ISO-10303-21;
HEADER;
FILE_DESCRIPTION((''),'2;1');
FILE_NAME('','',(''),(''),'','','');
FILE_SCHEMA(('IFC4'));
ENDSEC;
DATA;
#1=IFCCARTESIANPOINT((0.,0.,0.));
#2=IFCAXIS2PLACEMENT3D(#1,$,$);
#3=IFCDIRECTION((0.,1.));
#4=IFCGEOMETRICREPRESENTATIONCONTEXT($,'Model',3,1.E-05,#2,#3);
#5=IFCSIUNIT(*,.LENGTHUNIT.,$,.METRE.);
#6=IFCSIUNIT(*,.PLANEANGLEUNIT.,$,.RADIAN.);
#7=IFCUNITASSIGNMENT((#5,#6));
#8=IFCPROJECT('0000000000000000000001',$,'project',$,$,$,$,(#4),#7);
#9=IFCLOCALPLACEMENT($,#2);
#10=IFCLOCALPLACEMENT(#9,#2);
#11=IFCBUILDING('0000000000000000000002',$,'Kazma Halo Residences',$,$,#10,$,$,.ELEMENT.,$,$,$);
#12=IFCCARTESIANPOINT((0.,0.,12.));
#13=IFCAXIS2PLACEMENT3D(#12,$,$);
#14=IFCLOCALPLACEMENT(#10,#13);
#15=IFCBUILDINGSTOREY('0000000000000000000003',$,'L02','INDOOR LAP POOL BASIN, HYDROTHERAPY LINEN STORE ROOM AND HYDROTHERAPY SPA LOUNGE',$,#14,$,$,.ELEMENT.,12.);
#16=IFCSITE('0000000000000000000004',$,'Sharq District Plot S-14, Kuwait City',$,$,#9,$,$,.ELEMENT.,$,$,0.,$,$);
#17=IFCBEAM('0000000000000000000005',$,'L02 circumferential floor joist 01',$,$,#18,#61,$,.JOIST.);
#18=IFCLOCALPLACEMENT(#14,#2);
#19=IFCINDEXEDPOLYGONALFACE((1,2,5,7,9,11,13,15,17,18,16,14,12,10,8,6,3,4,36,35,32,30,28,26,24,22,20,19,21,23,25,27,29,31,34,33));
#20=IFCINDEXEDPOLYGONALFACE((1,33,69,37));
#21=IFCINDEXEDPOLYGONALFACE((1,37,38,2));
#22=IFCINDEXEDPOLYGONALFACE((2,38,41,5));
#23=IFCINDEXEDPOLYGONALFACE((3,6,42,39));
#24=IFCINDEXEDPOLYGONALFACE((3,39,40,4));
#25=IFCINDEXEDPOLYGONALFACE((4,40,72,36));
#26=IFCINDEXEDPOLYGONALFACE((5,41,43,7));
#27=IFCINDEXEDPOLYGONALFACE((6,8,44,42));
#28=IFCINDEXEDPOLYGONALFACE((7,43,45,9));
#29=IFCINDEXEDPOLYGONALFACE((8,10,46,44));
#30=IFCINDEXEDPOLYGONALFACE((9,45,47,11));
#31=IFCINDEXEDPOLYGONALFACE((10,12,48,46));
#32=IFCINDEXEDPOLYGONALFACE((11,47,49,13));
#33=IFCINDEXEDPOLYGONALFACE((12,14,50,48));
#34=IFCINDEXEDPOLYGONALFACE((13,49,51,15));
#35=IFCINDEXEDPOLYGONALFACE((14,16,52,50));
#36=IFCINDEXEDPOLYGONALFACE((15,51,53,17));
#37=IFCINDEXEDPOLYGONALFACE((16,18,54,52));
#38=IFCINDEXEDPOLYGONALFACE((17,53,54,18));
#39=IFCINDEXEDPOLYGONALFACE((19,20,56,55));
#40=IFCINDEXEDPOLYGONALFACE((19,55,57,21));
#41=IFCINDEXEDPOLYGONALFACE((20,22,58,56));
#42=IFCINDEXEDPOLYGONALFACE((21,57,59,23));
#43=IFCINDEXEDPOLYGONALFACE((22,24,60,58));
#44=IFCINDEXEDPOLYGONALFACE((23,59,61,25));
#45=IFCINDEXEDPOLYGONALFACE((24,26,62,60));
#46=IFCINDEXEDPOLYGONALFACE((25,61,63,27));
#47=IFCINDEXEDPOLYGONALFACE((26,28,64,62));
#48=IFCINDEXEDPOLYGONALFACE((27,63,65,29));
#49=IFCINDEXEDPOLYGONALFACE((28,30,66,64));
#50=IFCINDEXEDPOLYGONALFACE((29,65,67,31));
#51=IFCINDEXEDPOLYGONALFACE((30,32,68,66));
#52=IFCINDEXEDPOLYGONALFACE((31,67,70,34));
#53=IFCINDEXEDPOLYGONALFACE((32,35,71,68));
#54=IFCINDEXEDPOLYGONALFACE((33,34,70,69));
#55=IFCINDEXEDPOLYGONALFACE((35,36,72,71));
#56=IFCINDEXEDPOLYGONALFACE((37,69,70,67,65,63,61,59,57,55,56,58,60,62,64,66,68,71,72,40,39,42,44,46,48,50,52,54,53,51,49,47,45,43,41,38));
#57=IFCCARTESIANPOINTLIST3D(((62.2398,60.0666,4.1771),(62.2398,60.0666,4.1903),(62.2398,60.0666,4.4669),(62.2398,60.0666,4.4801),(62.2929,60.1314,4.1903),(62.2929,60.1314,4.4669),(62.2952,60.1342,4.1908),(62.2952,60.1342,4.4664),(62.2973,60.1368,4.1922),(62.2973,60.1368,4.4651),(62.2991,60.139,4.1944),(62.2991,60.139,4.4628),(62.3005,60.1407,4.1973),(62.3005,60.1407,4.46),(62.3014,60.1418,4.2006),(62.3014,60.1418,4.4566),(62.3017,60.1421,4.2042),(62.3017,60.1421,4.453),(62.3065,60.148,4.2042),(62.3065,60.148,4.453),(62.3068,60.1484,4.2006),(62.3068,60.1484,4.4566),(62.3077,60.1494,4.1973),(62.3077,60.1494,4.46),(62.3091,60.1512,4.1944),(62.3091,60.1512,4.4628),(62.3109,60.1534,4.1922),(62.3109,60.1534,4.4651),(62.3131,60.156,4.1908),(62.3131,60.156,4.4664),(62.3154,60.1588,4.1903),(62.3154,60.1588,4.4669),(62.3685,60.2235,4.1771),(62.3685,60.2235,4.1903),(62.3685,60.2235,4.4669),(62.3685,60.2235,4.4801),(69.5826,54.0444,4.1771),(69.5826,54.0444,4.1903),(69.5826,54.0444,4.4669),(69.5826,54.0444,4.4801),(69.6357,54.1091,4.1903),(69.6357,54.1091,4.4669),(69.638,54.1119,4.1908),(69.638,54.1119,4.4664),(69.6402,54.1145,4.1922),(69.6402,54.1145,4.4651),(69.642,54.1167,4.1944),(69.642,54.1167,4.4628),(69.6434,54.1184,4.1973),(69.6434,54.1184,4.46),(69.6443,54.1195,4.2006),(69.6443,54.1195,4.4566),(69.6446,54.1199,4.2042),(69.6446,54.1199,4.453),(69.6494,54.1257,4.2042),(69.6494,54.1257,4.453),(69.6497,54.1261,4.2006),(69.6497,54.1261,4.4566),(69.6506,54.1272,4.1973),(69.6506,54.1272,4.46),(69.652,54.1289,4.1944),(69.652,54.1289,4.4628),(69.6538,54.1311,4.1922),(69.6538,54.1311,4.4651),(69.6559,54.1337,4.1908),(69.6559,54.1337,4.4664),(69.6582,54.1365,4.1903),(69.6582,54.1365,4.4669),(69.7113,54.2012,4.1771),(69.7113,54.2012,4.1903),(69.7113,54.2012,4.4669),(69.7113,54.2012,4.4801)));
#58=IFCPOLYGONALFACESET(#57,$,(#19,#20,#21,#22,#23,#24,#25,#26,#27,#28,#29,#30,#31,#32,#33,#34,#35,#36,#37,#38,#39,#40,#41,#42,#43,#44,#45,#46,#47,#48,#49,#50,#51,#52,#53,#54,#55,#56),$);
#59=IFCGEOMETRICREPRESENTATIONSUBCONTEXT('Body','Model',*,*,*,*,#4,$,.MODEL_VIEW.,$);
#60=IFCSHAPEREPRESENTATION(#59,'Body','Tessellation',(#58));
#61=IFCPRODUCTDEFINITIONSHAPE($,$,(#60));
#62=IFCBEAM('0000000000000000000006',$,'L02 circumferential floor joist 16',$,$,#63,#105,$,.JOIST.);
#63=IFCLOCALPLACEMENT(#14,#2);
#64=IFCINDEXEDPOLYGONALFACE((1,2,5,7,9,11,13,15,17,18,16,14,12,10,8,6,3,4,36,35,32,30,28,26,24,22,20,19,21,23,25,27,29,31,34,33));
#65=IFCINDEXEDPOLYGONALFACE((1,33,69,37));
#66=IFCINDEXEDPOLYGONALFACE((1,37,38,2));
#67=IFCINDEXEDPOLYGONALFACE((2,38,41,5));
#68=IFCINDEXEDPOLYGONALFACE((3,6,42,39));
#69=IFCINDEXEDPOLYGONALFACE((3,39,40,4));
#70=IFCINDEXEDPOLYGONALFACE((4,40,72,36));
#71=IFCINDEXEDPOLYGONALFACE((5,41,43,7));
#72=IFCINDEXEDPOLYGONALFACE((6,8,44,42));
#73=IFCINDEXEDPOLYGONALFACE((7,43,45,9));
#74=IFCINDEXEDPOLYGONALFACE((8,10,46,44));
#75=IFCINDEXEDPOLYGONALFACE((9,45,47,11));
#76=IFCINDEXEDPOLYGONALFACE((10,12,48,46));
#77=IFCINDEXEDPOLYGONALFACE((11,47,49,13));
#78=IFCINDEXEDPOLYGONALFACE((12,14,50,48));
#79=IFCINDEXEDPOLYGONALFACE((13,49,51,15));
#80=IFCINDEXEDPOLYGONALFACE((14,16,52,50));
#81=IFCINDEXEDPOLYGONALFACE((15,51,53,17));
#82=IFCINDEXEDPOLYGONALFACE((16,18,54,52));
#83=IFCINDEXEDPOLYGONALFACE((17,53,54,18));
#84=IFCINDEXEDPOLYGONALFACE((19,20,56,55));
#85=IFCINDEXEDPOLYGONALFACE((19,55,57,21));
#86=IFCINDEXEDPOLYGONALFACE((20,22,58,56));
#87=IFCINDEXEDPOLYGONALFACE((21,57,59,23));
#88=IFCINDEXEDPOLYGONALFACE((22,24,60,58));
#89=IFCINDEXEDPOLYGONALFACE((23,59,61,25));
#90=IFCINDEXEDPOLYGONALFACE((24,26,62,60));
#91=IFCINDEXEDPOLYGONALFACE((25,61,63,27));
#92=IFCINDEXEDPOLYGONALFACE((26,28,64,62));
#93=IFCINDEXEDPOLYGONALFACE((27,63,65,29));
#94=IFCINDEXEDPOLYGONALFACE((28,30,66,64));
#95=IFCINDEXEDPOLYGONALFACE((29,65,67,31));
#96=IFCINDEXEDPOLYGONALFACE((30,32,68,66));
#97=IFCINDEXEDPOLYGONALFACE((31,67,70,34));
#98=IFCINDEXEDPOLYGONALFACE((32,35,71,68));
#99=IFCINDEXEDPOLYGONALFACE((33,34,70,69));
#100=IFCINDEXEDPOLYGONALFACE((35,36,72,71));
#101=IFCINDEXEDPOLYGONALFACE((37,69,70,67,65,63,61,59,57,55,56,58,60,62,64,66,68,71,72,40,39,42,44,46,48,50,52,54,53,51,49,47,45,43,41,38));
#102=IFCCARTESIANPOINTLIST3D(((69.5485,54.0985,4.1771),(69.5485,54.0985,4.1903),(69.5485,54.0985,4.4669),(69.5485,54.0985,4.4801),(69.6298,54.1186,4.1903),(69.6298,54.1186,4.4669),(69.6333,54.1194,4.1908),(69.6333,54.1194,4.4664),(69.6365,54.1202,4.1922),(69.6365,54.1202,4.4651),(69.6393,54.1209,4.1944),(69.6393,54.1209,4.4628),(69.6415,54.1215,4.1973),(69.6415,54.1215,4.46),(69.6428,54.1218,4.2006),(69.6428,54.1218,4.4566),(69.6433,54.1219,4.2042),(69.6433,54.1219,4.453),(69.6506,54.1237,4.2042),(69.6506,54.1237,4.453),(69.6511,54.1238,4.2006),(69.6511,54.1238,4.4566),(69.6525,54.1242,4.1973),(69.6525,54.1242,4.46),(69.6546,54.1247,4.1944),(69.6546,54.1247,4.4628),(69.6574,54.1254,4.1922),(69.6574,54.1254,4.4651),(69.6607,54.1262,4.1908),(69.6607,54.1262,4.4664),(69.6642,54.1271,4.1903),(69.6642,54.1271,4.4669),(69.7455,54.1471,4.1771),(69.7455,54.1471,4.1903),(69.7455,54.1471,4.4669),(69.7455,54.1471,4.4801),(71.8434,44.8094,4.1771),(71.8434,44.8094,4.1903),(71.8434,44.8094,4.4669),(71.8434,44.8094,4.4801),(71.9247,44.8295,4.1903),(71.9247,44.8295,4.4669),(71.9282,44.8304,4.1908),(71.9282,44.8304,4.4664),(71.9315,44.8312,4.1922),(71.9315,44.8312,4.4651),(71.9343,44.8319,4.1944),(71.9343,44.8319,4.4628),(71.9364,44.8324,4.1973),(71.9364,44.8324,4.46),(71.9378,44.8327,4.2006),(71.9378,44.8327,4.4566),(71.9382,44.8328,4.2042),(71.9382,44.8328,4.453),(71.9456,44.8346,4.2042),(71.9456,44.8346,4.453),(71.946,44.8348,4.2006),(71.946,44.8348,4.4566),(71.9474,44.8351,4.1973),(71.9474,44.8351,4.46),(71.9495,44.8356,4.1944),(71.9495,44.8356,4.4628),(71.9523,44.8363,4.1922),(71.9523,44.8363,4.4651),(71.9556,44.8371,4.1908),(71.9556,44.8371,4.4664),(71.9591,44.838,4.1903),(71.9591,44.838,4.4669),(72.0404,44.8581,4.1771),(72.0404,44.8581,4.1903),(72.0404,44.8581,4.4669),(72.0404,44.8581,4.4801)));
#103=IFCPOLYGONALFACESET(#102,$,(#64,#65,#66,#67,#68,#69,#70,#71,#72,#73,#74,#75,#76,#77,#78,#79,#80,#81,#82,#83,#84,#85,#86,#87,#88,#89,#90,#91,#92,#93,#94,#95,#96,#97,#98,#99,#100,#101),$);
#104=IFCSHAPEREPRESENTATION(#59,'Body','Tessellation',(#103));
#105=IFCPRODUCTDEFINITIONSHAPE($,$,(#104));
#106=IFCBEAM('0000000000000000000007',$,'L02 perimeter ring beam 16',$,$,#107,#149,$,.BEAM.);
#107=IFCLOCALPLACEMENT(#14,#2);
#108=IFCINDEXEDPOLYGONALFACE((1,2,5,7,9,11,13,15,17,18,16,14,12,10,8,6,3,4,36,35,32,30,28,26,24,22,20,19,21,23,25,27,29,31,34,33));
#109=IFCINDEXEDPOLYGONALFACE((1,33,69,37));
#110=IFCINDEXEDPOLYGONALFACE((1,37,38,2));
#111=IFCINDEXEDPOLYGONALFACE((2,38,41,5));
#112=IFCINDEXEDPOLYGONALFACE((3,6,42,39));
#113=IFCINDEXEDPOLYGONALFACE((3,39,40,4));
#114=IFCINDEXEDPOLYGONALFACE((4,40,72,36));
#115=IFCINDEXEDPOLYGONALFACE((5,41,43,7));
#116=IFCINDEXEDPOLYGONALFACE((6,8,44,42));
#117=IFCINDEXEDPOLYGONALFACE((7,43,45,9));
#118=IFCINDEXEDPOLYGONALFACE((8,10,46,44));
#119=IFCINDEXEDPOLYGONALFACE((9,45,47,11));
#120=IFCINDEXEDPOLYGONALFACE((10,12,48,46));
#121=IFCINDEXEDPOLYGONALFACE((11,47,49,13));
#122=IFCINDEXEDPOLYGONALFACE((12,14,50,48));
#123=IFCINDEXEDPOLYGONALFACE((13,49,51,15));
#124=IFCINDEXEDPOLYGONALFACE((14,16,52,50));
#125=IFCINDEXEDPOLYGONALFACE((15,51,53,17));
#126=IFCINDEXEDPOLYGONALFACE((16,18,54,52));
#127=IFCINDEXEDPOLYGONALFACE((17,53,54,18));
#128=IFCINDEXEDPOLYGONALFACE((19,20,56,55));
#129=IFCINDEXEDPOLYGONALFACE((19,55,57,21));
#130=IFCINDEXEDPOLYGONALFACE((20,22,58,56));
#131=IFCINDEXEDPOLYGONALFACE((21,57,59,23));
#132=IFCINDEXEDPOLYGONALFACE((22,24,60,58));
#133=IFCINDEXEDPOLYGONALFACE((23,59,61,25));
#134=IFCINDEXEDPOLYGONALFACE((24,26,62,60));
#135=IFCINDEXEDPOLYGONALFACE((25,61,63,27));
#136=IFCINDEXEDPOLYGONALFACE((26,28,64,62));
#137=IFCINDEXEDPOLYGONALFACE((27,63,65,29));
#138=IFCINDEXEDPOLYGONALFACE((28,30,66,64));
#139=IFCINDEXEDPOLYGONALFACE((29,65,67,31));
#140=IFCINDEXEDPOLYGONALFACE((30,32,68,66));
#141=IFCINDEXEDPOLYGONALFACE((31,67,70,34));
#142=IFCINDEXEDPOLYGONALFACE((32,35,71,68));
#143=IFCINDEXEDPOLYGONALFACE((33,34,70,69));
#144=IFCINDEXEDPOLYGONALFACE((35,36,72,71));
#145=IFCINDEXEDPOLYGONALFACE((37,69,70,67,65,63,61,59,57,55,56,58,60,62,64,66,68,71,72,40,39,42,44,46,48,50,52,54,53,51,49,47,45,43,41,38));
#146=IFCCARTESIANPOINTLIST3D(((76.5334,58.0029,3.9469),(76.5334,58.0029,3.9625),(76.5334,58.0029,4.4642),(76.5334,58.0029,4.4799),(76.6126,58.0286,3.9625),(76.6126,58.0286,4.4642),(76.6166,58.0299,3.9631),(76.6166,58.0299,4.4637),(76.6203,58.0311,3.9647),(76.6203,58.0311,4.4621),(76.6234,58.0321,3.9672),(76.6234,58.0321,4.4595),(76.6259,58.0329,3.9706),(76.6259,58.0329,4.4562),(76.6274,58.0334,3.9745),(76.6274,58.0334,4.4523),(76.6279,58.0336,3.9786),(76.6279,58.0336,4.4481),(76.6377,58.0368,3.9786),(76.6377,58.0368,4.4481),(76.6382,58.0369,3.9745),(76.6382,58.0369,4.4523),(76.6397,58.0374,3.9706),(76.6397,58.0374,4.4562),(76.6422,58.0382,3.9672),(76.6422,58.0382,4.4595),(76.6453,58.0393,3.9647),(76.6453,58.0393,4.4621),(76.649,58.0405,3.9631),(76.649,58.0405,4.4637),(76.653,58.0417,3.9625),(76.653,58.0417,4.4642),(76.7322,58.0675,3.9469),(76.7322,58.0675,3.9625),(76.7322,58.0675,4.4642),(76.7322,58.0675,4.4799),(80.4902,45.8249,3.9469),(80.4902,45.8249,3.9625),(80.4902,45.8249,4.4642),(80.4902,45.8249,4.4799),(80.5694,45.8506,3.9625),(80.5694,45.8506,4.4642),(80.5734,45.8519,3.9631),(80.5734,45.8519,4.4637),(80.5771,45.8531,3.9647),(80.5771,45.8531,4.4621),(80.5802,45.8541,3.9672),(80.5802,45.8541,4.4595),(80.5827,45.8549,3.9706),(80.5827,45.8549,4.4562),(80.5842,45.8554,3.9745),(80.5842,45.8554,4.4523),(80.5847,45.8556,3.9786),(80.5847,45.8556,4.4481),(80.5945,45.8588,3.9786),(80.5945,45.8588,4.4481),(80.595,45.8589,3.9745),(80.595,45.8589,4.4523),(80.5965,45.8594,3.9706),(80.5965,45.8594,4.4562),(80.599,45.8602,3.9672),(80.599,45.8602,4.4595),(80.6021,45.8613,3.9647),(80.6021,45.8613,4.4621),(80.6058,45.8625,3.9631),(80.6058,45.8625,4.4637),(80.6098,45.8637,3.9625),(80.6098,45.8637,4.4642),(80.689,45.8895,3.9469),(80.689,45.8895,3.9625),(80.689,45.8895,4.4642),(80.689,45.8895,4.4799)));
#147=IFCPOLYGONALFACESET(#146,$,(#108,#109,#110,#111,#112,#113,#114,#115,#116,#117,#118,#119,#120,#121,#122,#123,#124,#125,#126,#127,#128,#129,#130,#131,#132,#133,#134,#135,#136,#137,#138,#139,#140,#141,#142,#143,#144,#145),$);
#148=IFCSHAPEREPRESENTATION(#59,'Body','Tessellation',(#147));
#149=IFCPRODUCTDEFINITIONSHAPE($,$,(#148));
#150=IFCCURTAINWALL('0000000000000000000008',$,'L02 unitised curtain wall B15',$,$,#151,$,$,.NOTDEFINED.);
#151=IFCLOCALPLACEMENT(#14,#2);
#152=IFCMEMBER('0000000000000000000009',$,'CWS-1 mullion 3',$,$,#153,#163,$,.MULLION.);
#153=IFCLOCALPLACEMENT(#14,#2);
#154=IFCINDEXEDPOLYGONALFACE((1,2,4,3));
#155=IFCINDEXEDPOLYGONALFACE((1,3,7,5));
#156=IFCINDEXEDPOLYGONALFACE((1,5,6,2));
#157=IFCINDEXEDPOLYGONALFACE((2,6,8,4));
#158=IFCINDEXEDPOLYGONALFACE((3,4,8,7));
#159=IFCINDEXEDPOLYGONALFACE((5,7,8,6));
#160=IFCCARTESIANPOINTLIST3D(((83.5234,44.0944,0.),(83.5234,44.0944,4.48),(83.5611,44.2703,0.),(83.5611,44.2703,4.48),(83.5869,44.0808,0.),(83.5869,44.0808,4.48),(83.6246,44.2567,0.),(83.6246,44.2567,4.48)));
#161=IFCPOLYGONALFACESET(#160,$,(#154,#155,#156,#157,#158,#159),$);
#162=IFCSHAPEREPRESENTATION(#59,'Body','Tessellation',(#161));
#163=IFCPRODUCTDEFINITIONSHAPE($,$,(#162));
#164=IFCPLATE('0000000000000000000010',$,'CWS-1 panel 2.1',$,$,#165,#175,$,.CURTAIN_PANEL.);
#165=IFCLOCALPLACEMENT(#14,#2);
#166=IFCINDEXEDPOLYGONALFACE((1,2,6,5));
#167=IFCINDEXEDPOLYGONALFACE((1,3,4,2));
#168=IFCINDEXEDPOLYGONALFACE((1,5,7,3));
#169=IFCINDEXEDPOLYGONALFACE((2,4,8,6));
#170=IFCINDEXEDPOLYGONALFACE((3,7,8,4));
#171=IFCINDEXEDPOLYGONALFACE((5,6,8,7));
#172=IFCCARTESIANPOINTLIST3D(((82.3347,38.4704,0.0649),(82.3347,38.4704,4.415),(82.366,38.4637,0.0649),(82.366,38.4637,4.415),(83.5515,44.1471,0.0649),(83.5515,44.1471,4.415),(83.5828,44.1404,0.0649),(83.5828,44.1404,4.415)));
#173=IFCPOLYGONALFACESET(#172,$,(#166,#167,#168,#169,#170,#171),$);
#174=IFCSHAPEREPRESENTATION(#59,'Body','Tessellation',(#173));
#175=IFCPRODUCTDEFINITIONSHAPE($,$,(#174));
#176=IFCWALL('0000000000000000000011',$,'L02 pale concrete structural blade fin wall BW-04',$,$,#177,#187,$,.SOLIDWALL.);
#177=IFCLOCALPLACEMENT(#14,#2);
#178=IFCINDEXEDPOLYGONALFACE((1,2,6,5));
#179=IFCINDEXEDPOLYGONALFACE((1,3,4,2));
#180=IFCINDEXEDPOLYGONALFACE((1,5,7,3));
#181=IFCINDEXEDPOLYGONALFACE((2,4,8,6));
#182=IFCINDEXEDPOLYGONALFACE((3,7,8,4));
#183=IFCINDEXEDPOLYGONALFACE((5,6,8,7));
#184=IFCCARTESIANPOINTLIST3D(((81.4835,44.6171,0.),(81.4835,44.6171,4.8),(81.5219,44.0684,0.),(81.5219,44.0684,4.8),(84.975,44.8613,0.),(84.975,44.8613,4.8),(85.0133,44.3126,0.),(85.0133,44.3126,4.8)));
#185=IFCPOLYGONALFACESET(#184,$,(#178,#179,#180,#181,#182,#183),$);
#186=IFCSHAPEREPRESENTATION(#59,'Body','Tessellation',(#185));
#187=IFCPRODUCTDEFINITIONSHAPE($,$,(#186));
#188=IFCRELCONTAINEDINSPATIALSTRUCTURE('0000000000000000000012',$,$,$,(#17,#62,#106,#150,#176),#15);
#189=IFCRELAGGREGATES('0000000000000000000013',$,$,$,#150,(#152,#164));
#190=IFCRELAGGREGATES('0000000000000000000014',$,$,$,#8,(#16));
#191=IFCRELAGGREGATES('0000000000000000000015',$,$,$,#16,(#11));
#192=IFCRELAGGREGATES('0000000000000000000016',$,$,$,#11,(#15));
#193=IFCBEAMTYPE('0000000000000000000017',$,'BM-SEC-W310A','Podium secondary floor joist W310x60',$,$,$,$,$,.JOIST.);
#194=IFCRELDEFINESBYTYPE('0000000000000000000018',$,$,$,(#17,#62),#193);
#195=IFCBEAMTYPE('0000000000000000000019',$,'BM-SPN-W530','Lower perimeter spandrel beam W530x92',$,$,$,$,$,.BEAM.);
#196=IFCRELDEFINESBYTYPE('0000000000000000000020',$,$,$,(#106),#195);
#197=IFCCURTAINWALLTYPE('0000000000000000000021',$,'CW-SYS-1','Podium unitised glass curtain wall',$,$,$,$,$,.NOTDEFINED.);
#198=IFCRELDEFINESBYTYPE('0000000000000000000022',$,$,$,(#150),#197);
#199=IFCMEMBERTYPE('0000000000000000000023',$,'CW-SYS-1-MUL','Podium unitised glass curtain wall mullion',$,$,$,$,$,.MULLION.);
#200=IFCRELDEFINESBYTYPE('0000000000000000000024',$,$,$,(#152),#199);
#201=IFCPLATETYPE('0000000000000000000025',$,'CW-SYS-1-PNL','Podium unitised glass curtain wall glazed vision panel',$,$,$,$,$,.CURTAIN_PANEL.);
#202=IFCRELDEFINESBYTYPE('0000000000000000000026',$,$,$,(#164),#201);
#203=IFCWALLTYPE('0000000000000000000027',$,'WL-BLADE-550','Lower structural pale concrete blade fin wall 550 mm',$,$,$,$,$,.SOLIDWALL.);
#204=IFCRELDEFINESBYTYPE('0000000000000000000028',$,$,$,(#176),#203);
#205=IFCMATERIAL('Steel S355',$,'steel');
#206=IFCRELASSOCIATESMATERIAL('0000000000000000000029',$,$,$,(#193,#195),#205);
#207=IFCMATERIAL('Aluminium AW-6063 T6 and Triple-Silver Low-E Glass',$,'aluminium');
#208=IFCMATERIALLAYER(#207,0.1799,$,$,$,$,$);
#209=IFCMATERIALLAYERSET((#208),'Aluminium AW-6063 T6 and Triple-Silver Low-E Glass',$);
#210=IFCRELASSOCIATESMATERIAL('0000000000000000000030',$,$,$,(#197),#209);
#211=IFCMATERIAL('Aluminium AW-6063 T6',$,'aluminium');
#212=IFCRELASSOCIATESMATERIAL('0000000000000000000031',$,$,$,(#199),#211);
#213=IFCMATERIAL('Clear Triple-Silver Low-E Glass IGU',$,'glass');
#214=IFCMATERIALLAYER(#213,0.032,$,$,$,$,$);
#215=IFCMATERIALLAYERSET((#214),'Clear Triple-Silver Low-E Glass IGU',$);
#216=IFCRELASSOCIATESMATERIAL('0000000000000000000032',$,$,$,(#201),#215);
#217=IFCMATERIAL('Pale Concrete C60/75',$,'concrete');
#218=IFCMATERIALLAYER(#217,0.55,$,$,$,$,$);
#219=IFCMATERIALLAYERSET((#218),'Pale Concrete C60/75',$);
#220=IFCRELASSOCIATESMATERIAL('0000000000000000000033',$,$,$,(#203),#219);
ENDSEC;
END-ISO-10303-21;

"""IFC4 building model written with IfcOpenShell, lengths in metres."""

from ifc_helpers import new_model, si_unit, direction, frame, frame_2d, origin, origin_2d, place, context, subcontext, project, spatial, rectangle, i_section, extrude, material, layer, layer_set, material_profile, profile_set, type_object, element, aggregate, save


model = new_model("IFC4")

# Units and contexts
model_context = context("Model", 3, precision=1e-05, world=origin(), true_north=direction((0.0, 1.0)))
body_context = subcontext(model_context, "Body", "Model", "MODEL_VIEW")
ifc_project = project(units=[si_unit("LENGTHUNIT", "METRE"), si_unit("PLANEANGLEUNIT", "RADIAN")], contexts=[model_context])

# Site, building, storey
site_placement = place(None, origin())
site = spatial("IfcSite", under=ifc_project, at=site_placement, Name="Sharq District Plot S-14, Kuwait City", CompositionType="ELEMENT", RefElevation=0.0)
building_placement = place(site_placement, origin())
building = spatial("IfcBuilding", under=site, at=building_placement, Name="Kazma Halo Residences", CompositionType="ELEMENT")
storey_placement = place(building_placement, frame((0.0, 0.0, 12.0)))
storey = spatial("IfcBuildingStorey", under=building, at=storey_placement, Name="L02", Description="INDOOR LAP POOL BASIN, HYDROTHERAPY LINEN STORE ROOM AND HYDROTHERAPY SPA LOUNGE", CompositionType="ELEMENT", Elevation=12.0)

# Beams
ifc_material_1 = material(Name="Steel S355", Category="steel")
ifc_material_profile_1 = material_profile(ifc_material_1, i_section(OverallWidth=0.2029, OverallDepth=0.303, WebThickness=0.0076, FlangeThickness=0.0132, FilletRadius=0.0139, at=origin_2d()), Name="W310x60")
ifc_profile_set_1 = profile_set([ifc_material_profile_1], Name="Steel S355")
beam_type_1 = type_object("IfcBeamType", Name="BM-SEC-W310A", Description="Podium secondary floor joist W310x60", PredefinedType="JOIST", material=ifc_profile_set_1)
beam_1_placement = place(storey_placement, frame((69.647, 54.1228, 4.3286), z_axis=(-0.773209, 0.634152, 0.0), x_axis=(-0.634152, -0.773209, 0.0)))
element("IfcBeam", 1, at=beam_1_placement, inside=storey, type_object=beam_type_1, Name="L02 circumferential floor joist 01", PredefinedType="JOIST", context=body_context, shape_type="SweptSolid", body=[
    extrude(i_section(OverallWidth=0.2029, OverallDepth=0.303, WebThickness=0.0076, FlangeThickness=0.0132, FilletRadius=0.0139, at=origin_2d()), origin(), (0.0, 0.0, 1.0), 9.4966),
])
beam_2_placement = place(storey_placement, frame((71.9419, 44.8337, 4.3286), z_axis=(-0.239845, 0.970811, 0.0), x_axis=(-0.970811, -0.239845, 0.0)))
element("IfcBeam", 2, at=beam_2_placement, inside=storey, type_object=beam_type_1, Name="L02 circumferential floor joist 16", PredefinedType="JOIST", context=body_context, shape_type="SweptSolid", body=[
    extrude(i_section(OverallWidth=0.2029, OverallDepth=0.303, WebThickness=0.0076, FlangeThickness=0.0132, FilletRadius=0.0139, at=origin_2d()), origin(), (0.0, 0.0, 1.0), 9.5684),
])
ifc_material_profile_2 = material_profile(ifc_material_1, i_section(OverallWidth=0.209, OverallDepth=0.533, WebThickness=0.0103, FlangeThickness=0.0156, FilletRadius=0.0161, at=origin_2d()), Name="W530x92")
ifc_profile_set_2 = profile_set([ifc_material_profile_2], Name="Steel S355")
beam_type_2 = type_object("IfcBeamType", Name="BM-SPN-W530", Description="Lower perimeter spandrel beam W530x92", PredefinedType="BEAM", material=ifc_profile_set_2)
beam_3_placement = place(storey_placement, frame((80.5896, 45.8572, 4.2134), z_axis=(-0.309011, 0.951058, 0.0), x_axis=(-0.951058, -0.309011, 0.0)))
element("IfcBeam", 3, at=beam_3_placement, inside=storey, type_object=beam_type_2, Name="L02 perimeter ring beam 16", PredefinedType="BEAM", context=body_context, shape_type="SweptSolid", body=[
    extrude(i_section(OverallWidth=0.209, OverallDepth=0.533, WebThickness=0.0103, FlangeThickness=0.0156, FilletRadius=0.0161, at=origin_2d()), origin(), (0.0, 0.0, 1.0), 12.8047),
])

# Curtain wall, member, plate
ifc_material_2 = material(Name="Aluminium AW-6063 T6 and Triple-Silver Low-E Glass", Category="aluminium")
ifc_layer_1 = layer(ifc_material_2, 0.1799)
ifc_layer_set_1 = layer_set([ifc_layer_1], Name="Aluminium AW-6063 T6 and Triple-Silver Low-E Glass")
curtain_wall_type = type_object("IfcCurtainWallType", Name="CW-SYS-1", Description="Podium unitised glass curtain wall", PredefinedType="NOTDEFINED", material=ifc_layer_set_1)
curtain_wall_placement = place(storey_placement, origin())
curtain_wall = element("IfcCurtainWall", 4, at=curtain_wall_placement, inside=storey, type_object=curtain_wall_type, Name="L02 unitised curtain wall B15", PredefinedType="NOTDEFINED")
ifc_material_3 = material(Name="Aluminium AW-6063 T6", Category="aluminium")
ifc_material_profile_3 = material_profile(ifc_material_3, rectangle(XDim=0.0649, YDim=0.1799, at=origin_2d()), Name="CWM-65x180")
ifc_profile_set_3 = profile_set([ifc_material_profile_3], Name="Aluminium AW-6063 T6")
member_type = type_object("IfcMemberType", Name="CW-SYS-1-MUL", Description="Podium unitised glass curtain wall mullion", PredefinedType="MULLION", material=ifc_profile_set_3)
member_placement = place(storey_placement, frame((83.574, 44.1755, 0.0), z_axis=(0.0, 0.0, 1.0), x_axis=(-0.977788, 0.209596, 0.0)))
member = element("IfcMember", 5, at=member_placement, type_object=member_type, Name="CWS-1 mullion 3", PredefinedType="MULLION", context=body_context, shape_type="SweptSolid", body=[
    extrude(rectangle(XDim=0.0649, YDim=0.1799, at=origin_2d()), origin(), (0.0, 0.0, 1.0), 4.48),
])
ifc_material_4 = material(Name="Clear Triple-Silver Low-E Glass IGU", Category="glass")
ifc_layer_2 = layer(ifc_material_4, 0.032)
ifc_layer_set_2 = layer_set([ifc_layer_2], Name="Clear Triple-Silver Low-E Glass IGU")
plate_type = type_object("IfcPlateType", Name="CW-SYS-1-PNL", Description="Podium unitised glass curtain wall glazed vision panel", PredefinedType="CURTAIN_PANEL", material=ifc_layer_set_2)
plate_placement = place(storey_placement, frame((82.9587, 41.3054, 0.0649), z_axis=(0.0, 0.0, 1.0), x_axis=(0.209596, 0.977788, 0.0)))
plate = element("IfcPlate", 6, at=plate_placement, type_object=plate_type, Name="CWS-1 panel 2.1", PredefinedType="CURTAIN_PANEL", context=body_context, shape_type="SweptSolid", body=[
    extrude(rectangle(XDim=5.8057, YDim=0.032, at=origin_2d()), origin(), (0.0, 0.0, 1.0), 4.3501),
])
aggregate(curtain_wall, [member, plate])

# Wall
ifc_material_5 = material(Name="Pale Concrete C60/75", Category="concrete")
ifc_layer_3 = layer(ifc_material_5, 0.55)
ifc_layer_set_3 = layer_set([ifc_layer_3], Name="Pale Concrete C60/75")
wall_type_1 = type_object("IfcWallType", Name="WL-BLADE-550", Description="Lower structural pale concrete blade fin wall 550 mm", PredefinedType="SOLIDWALL", material=ifc_layer_set_3)
wall_1_placement = place(storey_placement, frame((81.5027, 44.3428, 0.0), z_axis=(0.0, 0.0, 1.0), x_axis=(0.997564, 0.069755, 0.0)))
element("IfcWall", 7, at=wall_1_placement, inside=storey, type_object=wall_type_1, Name="L02 pale concrete structural blade fin wall BW-04", PredefinedType="SOLIDWALL", context=body_context, shape_type="SweptSolid", body=[
    extrude(rectangle(XDim=3.5, YDim=0.55, at=frame_2d((1.75, 0.0))), origin(), (0.0, 0.0, 1.0), 4.8),
])

save(model, "model.ifc")
